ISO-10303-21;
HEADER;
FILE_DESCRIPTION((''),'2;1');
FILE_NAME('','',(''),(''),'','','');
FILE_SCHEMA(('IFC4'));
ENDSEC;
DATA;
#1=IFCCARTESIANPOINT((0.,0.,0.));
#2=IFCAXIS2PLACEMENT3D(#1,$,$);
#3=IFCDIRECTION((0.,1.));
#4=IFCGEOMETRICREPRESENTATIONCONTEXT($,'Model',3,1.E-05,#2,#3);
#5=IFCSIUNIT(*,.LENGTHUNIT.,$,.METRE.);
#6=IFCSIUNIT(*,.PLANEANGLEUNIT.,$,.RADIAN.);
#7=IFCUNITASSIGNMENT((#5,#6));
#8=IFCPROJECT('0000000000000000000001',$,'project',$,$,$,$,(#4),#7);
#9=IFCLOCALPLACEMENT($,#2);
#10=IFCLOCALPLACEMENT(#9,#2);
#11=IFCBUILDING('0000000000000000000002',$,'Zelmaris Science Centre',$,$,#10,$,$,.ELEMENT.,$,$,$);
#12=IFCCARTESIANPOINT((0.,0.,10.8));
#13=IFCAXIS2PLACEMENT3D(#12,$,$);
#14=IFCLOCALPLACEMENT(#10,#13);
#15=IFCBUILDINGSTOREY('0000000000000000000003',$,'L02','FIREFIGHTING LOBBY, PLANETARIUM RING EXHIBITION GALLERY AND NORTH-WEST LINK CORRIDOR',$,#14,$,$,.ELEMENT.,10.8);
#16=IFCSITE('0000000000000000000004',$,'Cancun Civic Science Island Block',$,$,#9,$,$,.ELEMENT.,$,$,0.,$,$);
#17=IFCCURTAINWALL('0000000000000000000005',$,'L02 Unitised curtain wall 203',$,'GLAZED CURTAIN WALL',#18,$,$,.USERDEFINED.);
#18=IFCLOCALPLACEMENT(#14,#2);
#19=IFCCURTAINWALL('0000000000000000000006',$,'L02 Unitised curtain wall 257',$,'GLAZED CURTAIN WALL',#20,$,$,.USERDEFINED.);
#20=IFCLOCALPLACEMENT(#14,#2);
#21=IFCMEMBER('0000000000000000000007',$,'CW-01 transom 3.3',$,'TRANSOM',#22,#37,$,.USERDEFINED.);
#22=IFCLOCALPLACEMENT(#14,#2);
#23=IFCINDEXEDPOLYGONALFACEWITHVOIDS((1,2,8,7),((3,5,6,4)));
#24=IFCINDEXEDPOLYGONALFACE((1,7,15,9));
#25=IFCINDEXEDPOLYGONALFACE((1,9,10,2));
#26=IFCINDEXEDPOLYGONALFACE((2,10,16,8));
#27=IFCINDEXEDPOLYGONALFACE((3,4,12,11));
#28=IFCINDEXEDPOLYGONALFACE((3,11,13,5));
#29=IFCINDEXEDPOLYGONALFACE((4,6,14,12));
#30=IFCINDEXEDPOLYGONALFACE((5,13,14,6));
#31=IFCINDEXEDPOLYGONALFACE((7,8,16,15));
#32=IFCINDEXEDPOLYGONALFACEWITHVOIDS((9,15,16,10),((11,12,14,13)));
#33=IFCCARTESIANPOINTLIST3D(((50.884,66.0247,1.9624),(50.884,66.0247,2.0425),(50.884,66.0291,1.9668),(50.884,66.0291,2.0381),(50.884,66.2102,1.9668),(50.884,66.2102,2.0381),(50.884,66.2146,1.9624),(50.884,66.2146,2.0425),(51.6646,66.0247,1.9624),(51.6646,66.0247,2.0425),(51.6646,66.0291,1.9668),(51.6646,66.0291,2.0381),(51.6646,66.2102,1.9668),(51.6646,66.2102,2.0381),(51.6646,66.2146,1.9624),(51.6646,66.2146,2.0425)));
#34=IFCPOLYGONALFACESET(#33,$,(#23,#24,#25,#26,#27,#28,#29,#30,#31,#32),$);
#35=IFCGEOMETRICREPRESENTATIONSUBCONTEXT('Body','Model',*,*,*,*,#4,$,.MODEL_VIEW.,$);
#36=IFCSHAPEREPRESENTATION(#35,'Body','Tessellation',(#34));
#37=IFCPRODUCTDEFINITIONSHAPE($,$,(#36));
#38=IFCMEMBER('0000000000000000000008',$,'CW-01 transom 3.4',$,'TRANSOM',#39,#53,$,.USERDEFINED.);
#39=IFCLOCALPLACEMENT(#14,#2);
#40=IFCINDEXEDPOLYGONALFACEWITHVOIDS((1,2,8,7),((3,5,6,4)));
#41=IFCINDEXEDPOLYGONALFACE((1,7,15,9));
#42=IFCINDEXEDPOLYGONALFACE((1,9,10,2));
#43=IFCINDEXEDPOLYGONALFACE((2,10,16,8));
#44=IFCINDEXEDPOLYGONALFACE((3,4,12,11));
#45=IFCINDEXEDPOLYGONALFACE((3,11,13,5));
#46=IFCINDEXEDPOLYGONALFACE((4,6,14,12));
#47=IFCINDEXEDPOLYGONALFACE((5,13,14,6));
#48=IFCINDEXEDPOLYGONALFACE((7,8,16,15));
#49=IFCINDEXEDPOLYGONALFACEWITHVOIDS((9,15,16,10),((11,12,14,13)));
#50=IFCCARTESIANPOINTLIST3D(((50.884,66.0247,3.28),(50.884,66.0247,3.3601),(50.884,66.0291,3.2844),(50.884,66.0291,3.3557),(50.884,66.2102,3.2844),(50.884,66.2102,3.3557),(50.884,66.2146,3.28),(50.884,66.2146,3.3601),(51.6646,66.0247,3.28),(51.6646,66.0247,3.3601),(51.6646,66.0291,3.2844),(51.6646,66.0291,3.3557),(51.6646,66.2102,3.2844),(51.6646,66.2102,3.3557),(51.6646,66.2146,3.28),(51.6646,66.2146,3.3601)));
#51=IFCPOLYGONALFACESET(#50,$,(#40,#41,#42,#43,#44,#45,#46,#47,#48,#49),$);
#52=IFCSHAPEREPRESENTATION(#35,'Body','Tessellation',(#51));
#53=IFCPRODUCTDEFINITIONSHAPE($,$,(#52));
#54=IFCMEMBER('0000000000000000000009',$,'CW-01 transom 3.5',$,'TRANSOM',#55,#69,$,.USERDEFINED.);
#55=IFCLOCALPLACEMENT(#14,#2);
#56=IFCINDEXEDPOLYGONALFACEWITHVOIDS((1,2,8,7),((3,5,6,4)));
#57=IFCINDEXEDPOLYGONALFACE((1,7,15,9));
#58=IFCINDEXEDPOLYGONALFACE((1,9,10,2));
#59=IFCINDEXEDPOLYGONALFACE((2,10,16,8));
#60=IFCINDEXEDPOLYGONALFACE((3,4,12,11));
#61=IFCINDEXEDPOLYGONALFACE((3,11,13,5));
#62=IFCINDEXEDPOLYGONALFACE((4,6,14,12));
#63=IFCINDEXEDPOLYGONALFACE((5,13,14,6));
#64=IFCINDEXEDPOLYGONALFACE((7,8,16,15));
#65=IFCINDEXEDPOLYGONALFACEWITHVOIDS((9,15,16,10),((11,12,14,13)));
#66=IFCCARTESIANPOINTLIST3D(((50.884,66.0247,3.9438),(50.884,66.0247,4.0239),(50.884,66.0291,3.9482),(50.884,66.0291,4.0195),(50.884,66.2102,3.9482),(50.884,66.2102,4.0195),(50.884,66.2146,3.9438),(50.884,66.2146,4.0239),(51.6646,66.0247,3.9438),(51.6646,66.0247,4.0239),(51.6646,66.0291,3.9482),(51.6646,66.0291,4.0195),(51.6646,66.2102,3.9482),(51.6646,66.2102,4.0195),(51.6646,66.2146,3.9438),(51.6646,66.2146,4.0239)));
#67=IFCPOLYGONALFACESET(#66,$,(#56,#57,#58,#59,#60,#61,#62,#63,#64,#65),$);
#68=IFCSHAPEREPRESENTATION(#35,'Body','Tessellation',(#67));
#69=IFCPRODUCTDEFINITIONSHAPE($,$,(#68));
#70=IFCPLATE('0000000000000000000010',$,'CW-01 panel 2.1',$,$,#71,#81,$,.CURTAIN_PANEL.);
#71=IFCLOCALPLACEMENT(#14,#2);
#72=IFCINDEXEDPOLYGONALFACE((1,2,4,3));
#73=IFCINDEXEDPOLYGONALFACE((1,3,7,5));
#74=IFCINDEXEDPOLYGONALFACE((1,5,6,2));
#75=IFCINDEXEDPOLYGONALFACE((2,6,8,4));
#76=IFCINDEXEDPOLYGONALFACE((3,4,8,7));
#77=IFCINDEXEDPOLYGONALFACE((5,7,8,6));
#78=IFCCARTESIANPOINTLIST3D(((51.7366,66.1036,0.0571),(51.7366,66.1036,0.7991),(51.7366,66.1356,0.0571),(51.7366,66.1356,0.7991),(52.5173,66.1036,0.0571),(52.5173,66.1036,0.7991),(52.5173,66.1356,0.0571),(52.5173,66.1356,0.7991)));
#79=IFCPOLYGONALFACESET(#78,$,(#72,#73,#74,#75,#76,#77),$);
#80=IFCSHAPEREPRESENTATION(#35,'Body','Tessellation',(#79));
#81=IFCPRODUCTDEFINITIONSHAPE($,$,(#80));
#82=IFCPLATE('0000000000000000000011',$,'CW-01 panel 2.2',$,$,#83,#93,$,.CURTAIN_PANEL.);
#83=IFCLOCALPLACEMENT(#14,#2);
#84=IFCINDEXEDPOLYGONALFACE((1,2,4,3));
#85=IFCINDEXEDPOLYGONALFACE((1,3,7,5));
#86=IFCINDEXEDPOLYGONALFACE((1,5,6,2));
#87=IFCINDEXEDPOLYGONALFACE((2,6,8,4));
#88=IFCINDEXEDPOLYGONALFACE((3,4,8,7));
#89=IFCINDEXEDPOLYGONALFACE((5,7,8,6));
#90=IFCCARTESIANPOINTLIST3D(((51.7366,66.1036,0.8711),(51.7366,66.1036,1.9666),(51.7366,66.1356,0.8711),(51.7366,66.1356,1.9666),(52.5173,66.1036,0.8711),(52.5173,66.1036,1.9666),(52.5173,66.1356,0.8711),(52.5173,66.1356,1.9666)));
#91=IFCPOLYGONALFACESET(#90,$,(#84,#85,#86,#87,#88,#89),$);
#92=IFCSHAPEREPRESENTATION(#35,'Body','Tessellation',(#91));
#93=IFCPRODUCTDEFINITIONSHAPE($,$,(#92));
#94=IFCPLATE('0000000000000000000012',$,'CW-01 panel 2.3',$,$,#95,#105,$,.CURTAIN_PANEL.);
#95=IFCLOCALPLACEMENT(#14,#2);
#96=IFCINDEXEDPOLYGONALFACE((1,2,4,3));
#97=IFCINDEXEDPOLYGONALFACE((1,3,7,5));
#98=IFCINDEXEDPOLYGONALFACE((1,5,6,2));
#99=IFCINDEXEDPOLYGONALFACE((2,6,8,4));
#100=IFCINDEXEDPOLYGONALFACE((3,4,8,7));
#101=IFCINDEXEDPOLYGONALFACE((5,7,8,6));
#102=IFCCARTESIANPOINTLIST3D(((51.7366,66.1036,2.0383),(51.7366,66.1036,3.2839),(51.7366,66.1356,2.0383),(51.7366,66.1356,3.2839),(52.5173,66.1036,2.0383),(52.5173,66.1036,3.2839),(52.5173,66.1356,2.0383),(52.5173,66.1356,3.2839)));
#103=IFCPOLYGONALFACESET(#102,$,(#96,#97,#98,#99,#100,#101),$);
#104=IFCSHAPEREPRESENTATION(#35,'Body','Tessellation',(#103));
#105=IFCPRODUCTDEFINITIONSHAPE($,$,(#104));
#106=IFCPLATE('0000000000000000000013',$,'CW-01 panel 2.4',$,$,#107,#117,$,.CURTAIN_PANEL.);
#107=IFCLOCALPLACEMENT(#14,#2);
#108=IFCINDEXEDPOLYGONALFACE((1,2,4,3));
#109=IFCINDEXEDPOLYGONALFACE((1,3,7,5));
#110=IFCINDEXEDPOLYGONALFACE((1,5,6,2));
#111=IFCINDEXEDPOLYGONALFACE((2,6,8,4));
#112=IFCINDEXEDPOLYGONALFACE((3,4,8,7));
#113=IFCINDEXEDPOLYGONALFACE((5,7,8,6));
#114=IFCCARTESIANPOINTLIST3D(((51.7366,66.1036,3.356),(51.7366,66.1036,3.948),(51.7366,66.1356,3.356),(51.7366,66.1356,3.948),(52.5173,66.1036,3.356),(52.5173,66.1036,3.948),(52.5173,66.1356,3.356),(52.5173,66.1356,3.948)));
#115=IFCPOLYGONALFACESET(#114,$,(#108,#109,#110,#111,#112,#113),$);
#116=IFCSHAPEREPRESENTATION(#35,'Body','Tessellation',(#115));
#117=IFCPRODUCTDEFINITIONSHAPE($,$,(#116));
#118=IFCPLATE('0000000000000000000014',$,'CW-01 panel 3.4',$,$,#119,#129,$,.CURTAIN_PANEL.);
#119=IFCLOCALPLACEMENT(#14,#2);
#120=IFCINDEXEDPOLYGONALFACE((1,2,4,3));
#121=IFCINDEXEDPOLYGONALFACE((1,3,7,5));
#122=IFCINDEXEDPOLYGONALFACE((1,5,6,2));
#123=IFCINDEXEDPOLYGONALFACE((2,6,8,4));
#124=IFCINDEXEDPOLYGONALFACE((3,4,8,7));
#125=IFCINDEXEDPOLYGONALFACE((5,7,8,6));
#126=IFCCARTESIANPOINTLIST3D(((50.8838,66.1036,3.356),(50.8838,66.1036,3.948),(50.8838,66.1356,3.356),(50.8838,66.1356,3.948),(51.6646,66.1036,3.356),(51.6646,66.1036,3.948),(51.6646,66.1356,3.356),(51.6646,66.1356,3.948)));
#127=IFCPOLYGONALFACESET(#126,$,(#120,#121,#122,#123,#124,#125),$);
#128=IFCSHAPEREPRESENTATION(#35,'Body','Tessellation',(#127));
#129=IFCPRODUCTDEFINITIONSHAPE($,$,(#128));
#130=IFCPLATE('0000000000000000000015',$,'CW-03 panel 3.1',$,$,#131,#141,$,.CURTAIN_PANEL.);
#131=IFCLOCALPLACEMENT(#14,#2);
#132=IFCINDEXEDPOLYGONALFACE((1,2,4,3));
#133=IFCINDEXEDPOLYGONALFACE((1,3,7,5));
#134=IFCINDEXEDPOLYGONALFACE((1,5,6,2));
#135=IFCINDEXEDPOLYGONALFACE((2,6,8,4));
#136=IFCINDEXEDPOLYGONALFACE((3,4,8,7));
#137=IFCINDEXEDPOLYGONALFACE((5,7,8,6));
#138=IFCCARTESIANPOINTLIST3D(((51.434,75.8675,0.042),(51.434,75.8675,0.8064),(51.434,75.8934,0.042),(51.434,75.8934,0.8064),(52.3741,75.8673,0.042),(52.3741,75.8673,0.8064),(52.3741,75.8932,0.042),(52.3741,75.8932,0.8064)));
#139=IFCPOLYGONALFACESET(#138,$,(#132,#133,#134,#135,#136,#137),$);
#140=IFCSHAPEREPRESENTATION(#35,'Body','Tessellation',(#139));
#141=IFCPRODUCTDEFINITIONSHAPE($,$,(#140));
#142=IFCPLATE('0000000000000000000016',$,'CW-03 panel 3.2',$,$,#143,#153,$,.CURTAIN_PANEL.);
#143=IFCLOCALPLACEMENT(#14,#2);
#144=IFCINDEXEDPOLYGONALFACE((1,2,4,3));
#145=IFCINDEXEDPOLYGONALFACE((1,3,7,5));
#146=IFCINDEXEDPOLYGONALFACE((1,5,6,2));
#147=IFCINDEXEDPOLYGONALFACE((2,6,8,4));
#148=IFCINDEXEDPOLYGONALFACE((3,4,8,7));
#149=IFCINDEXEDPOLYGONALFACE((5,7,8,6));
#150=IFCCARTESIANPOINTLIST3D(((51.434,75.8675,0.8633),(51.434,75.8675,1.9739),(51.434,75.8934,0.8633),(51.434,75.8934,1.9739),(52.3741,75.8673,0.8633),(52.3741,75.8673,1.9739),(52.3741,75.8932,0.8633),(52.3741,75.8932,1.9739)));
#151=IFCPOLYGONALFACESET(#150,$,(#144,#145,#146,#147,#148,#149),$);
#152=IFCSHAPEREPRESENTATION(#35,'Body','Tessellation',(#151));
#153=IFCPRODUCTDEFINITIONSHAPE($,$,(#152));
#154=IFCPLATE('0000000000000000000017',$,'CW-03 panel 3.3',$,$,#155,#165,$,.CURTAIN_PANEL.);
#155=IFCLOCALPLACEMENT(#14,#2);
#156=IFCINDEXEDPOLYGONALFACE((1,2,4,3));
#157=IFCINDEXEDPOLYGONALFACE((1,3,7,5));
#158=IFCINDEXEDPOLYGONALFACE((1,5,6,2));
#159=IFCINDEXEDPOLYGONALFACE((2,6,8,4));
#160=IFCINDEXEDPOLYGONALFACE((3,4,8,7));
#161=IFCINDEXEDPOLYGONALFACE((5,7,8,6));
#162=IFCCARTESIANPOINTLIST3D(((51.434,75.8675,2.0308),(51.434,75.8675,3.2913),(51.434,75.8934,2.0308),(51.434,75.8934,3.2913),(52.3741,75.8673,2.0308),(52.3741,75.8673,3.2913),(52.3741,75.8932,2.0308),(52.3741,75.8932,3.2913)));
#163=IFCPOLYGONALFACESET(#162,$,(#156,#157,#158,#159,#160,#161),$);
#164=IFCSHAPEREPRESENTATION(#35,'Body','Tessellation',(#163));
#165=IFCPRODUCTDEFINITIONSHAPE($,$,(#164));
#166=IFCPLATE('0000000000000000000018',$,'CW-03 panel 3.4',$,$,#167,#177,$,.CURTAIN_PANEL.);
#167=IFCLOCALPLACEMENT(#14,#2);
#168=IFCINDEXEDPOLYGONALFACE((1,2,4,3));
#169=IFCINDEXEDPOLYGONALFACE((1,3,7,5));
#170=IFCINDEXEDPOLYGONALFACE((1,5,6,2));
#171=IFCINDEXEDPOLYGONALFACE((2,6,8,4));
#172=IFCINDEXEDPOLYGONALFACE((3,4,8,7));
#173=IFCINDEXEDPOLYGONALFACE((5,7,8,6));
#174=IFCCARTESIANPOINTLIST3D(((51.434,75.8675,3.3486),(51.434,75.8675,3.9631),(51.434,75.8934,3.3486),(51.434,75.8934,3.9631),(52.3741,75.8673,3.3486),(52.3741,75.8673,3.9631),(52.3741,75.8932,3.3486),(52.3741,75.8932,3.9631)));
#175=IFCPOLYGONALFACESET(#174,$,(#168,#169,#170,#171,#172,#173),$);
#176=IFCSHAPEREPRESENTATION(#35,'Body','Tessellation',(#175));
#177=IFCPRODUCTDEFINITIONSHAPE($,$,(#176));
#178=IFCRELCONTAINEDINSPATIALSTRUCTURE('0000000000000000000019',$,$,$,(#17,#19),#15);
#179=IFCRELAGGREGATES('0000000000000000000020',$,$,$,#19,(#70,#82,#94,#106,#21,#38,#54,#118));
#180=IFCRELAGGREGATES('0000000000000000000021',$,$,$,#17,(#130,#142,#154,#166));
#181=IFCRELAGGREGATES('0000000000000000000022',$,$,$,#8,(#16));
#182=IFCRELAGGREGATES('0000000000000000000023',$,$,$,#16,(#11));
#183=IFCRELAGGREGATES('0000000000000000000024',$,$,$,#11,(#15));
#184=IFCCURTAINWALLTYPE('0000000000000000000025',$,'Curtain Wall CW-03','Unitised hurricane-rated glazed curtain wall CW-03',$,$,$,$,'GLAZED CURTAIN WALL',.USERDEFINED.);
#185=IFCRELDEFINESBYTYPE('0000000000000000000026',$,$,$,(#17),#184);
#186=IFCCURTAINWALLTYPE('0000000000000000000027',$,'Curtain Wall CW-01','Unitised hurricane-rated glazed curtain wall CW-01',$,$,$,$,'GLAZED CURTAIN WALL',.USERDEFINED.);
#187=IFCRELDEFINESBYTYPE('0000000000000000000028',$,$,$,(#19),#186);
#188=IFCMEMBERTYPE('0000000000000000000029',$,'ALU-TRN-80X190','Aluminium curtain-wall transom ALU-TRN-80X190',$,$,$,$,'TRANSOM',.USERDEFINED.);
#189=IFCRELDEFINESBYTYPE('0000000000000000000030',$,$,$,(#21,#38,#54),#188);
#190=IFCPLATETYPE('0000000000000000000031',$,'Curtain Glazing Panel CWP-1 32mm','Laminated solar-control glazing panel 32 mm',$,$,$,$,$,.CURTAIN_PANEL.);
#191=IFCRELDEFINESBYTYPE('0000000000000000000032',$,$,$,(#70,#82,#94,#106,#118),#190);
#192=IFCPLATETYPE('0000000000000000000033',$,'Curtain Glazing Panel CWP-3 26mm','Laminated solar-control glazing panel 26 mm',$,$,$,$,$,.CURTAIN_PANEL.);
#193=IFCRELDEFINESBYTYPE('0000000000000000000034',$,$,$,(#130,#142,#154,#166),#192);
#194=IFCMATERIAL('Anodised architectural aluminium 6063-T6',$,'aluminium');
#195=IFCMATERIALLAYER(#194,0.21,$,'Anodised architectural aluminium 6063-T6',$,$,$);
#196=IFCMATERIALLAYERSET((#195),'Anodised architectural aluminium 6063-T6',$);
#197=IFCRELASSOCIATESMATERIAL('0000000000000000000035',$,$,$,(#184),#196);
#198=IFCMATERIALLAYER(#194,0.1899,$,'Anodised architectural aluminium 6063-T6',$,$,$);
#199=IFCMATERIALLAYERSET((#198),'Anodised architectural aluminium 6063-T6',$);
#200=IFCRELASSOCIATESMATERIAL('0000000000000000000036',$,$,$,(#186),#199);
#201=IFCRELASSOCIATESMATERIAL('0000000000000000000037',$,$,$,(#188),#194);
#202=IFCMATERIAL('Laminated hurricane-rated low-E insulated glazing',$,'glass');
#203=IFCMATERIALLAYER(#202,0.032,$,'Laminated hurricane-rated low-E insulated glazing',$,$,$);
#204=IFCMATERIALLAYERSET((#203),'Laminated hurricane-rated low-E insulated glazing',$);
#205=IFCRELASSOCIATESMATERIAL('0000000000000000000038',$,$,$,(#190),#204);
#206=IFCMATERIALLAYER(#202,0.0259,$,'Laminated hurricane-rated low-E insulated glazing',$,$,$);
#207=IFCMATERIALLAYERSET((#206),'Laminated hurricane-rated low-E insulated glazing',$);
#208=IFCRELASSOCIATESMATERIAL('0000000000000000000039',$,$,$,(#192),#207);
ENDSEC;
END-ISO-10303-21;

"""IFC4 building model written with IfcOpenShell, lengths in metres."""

from ifc_helpers import new_model, si_unit, direction, frame, origin, origin_2d, place, context, subcontext, project, spatial, rectangle, hollow_rectangle, extrude, material, layer, layer_set, material_profile, profile_set, type_object, element, aggregate, save


model = new_model("IFC4")

# Units and contexts
model_context = context("Model", 3, precision=1e-05, world=origin(), true_north=direction((0.0, 1.0)))
body_context = subcontext(model_context, "Body", "Model", "MODEL_VIEW")
ifc_project = project(units=[si_unit("LENGTHUNIT", "METRE"), si_unit("PLANEANGLEUNIT", "RADIAN")], contexts=[model_context])

# Site, building, storey
site_placement = place(None, origin())
site = spatial("IfcSite", under=ifc_project, at=site_placement, Name="Cancun Civic Science Island Block", CompositionType="ELEMENT", RefElevation=0.0)
building_placement = place(site_placement, origin())
building = spatial("IfcBuilding", under=site, at=building_placement, Name="Zelmaris Science Centre", CompositionType="ELEMENT")
storey_placement = place(building_placement, frame((0.0, 0.0, 10.8)))
storey = spatial("IfcBuildingStorey", under=building, at=storey_placement, Name="L02", Description="FIREFIGHTING LOBBY, PLANETARIUM RING EXHIBITION GALLERY AND NORTH-WEST LINK CORRIDOR", CompositionType="ELEMENT", Elevation=10.8)

# Curtain wall
ifc_material_1 = material(Name="Anodised architectural aluminium 6063-T6", Category="aluminium")
ifc_layer_1 = layer(ifc_material_1, 0.21, Name="Anodised architectural aluminium 6063-T6")
ifc_layer_set_1 = layer_set([ifc_layer_1], Name="Anodised architectural aluminium 6063-T6")
curtain_wall_type_1 = type_object("IfcCurtainWallType", Name="Curtain Wall CW-03", Description="Unitised hurricane-rated glazed curtain wall CW-03", ElementType="GLAZED CURTAIN WALL", PredefinedType="USERDEFINED", material=ifc_layer_set_1)
curtain_wall_1_placement = place(storey_placement, origin())
curtain_wall_1 = element("IfcCurtainWall", 1, at=curtain_wall_1_placement, inside=storey, type_object=curtain_wall_type_1, Name="L02 Unitised curtain wall 203", ObjectType="GLAZED CURTAIN WALL", PredefinedType="USERDEFINED")

# Curtain wall
ifc_layer_2 = layer(ifc_material_1, 0.1899, Name="Anodised architectural aluminium 6063-T6")
ifc_layer_set_2 = layer_set([ifc_layer_2], Name="Anodised architectural aluminium 6063-T6")
curtain_wall_type_2 = type_object("IfcCurtainWallType", Name="Curtain Wall CW-01", Description="Unitised hurricane-rated glazed curtain wall CW-01", ElementType="GLAZED CURTAIN WALL", PredefinedType="USERDEFINED", material=ifc_layer_set_2)
curtain_wall_2_placement = place(storey_placement, origin())
curtain_wall_2 = element("IfcCurtainWall", 2, at=curtain_wall_2_placement, inside=storey, type_object=curtain_wall_type_2, Name="L02 Unitised curtain wall 257", ObjectType="GLAZED CURTAIN WALL", PredefinedType="USERDEFINED")

# Members
ifc_material_profile_1 = material_profile(ifc_material_1, hollow_rectangle(XDim=0.0801, YDim=0.1899, WallThickness=0.0044, at=origin_2d()), Name="ALU-TRN-80X190")
ifc_profile_set_1 = profile_set([ifc_material_profile_1], Name="Anodised architectural aluminium 6063-T6")
member_type_1 = type_object("IfcMemberType", Name="ALU-TRN-80X190", Description="Aluminium curtain-wall transom ALU-TRN-80X190", ElementType="TRANSOM", PredefinedType="USERDEFINED", material=ifc_profile_set_1)
member_1_placement = place(storey_placement, frame((51.6646, 66.1196, 2.0024), z_axis=(-1.0, 0.0, 0.0), x_axis=(0.0, 0.0, 1.0)))
member_1 = element("IfcMember", 3, at=member_1_placement, type_object=member_type_1, Name="CW-01 transom 3.3", ObjectType="TRANSOM", PredefinedType="USERDEFINED", context=body_context, shape_type="SweptSolid", body=[
    extrude(hollow_rectangle(XDim=0.0801, YDim=0.1899, WallThickness=0.0044, at=origin_2d()), origin(), (0.0, 0.0, 1.0), 0.7805),
])
member_2_placement = place(storey_placement, frame((51.6646, 66.1196, 3.3201), z_axis=(-1.0, 0.0, 0.0), x_axis=(0.0, 0.0, 1.0)))
member_2 = element("IfcMember", 4, at=member_2_placement, type_object=member_type_1, Name="CW-01 transom 3.4", ObjectType="TRANSOM", PredefinedType="USERDEFINED", context=body_context, shape_type="SweptSolid", body=[
    extrude(hollow_rectangle(XDim=0.0801, YDim=0.1899, WallThickness=0.0044, at=origin_2d()), origin(), (0.0, 0.0, 1.0), 0.7805),
])
member_3_placement = place(storey_placement, frame((51.6646, 66.1196, 3.9839), z_axis=(-1.0, 0.0, 0.0), x_axis=(0.0, 0.0, 1.0)))
member_3 = element("IfcMember", 5, at=member_3_placement, type_object=member_type_1, Name="CW-01 transom 3.5", ObjectType="TRANSOM", PredefinedType="USERDEFINED", context=body_context, shape_type="SweptSolid", body=[
    extrude(hollow_rectangle(XDim=0.0801, YDim=0.1899, WallThickness=0.0044, at=origin_2d()), origin(), (0.0, 0.0, 1.0), 0.7805),
])

# Plates
ifc_material_2 = material(Name="Laminated hurricane-rated low-E insulated glazing", Category="glass")
ifc_layer_3 = layer(ifc_material_2, 0.032, Name="Laminated hurricane-rated low-E insulated glazing")
ifc_layer_set_3 = layer_set([ifc_layer_3], Name="Laminated hurricane-rated low-E insulated glazing")
plate_type_1 = type_object("IfcPlateType", Name="Curtain Glazing Panel CWP-1 32mm", Description="Laminated solar-control glazing panel 32 mm", PredefinedType="CURTAIN_PANEL", material=ifc_layer_set_3)
plate_1_placement = place(storey_placement, frame((52.127, 66.1196, 0.0571), z_axis=(0.0, 0.0, 1.0), x_axis=(-1.0, 0.0, 0.0)))
plate_1 = element("IfcPlate", 6, at=plate_1_placement, type_object=plate_type_1, Name="CW-01 panel 2.1", PredefinedType="CURTAIN_PANEL", context=body_context, shape_type="SweptSolid", body=[
    extrude(rectangle(XDim=0.7808, YDim=0.032, at=origin_2d()), origin(), (0.0, 0.0, 1.0), 0.7419),
])
plate_2_placement = place(storey_placement, frame((52.127, 66.1196, 0.8711), z_axis=(0.0, 0.0, 1.0), x_axis=(-1.0, 0.0, 0.0)))
plate_2 = element("IfcPlate", 7, at=plate_2_placement, type_object=plate_type_1, Name="CW-01 panel 2.2", PredefinedType="CURTAIN_PANEL", context=body_context, shape_type="SweptSolid", body=[
    extrude(rectangle(XDim=0.7808, YDim=0.032, at=origin_2d()), origin(), (0.0, 0.0, 1.0), 1.0955),
])
plate_3_placement = place(storey_placement, frame((52.127, 66.1196, 2.0383), z_axis=(0.0, 0.0, 1.0), x_axis=(-1.0, 0.0, 0.0)))
plate_3 = element("IfcPlate", 8, at=plate_3_placement, type_object=plate_type_1, Name="CW-01 panel 2.3", PredefinedType="CURTAIN_PANEL", context=body_context, shape_type="SweptSolid", body=[
    extrude(rectangle(XDim=0.7808, YDim=0.032, at=origin_2d()), origin(), (0.0, 0.0, 1.0), 1.2456),
])
plate_4_placement = place(storey_placement, frame((52.127, 66.1196, 3.356), z_axis=(0.0, 0.0, 1.0), x_axis=(-1.0, 0.0, 0.0)))
plate_4 = element("IfcPlate", 9, at=plate_4_placement, type_object=plate_type_1, Name="CW-01 panel 2.4", PredefinedType="CURTAIN_PANEL", context=body_context, shape_type="SweptSolid", body=[
    extrude(rectangle(XDim=0.7808, YDim=0.032, at=origin_2d()), origin(), (0.0, 0.0, 1.0), 0.592),
])
plate_5_placement = place(storey_placement, frame((51.2742, 66.1196, 3.356), z_axis=(0.0, 0.0, 1.0), x_axis=(-1.0, 0.0, 0.0)))
plate_5 = element("IfcPlate", 10, at=plate_5_placement, type_object=plate_type_1, Name="CW-01 panel 3.4", PredefinedType="CURTAIN_PANEL", context=body_context, shape_type="SweptSolid", body=[
    extrude(rectangle(XDim=0.7808, YDim=0.032, at=origin_2d()), origin(), (0.0, 0.0, 1.0), 0.592),
])
aggregate(curtain_wall_2, [plate_1, plate_2, plate_3, plate_4, member_1, member_2, member_3, plate_5])
ifc_layer_4 = layer(ifc_material_2, 0.0259, Name="Laminated hurricane-rated low-E insulated glazing")
ifc_layer_set_4 = layer_set([ifc_layer_4], Name="Laminated hurricane-rated low-E insulated glazing")
plate_type_2 = type_object("IfcPlateType", Name="Curtain Glazing Panel CWP-3 26mm", Description="Laminated solar-control glazing panel 26 mm", PredefinedType="CURTAIN_PANEL", material=ifc_layer_set_4)
plate_6_placement = place(storey_placement, frame((51.9041, 75.8804, 0.042), z_axis=(0.0, 0.0, 1.0), x_axis=(1.0, -0.000201, 0.0)))
plate_6 = element("IfcPlate", 11, at=plate_6_placement, type_object=plate_type_2, Name="CW-03 panel 3.1", PredefinedType="CURTAIN_PANEL", context=body_context, shape_type="SweptSolid", body=[
    extrude(rectangle(XDim=0.9402, YDim=0.0259, at=origin_2d()), origin(), (0.0, 0.0, 1.0), 0.7644),
])
plate_7_placement = place(storey_placement, frame((51.9041, 75.8804, 0.8633), z_axis=(0.0, 0.0, 1.0), x_axis=(1.0, -0.000201, 0.0)))
plate_7 = element("IfcPlate", 12, at=plate_7_placement, type_object=plate_type_2, Name="CW-03 panel 3.2", PredefinedType="CURTAIN_PANEL", context=body_context, shape_type="SweptSolid", body=[
    extrude(rectangle(XDim=0.9402, YDim=0.0259, at=origin_2d()), origin(), (0.0, 0.0, 1.0), 1.1106),
])
plate_8_placement = place(storey_placement, frame((51.9041, 75.8804, 2.0308), z_axis=(0.0, 0.0, 1.0), x_axis=(1.0, -0.000201, 0.0)))
plate_8 = element("IfcPlate", 13, at=plate_8_placement, type_object=plate_type_2, Name="CW-03 panel 3.3", PredefinedType="CURTAIN_PANEL", context=body_context, shape_type="SweptSolid", body=[
    extrude(rectangle(XDim=0.9402, YDim=0.0259, at=origin_2d()), origin(), (0.0, 0.0, 1.0), 1.2605),
])
plate_9_placement = place(storey_placement, frame((51.9041, 75.8804, 3.3486), z_axis=(0.0, 0.0, 1.0), x_axis=(1.0, -0.000201, 0.0)))
plate_9 = element("IfcPlate", 14, at=plate_9_placement, type_object=plate_type_2, Name="CW-03 panel 3.4", PredefinedType="CURTAIN_PANEL", context=body_context, shape_type="SweptSolid", body=[
    extrude(rectangle(XDim=0.9402, YDim=0.0259, at=origin_2d()), origin(), (0.0, 0.0, 1.0), 0.6145),
])
aggregate(curtain_wall_1, [plate_6, plate_7, plate_8, plate_9])

save(model, "model.ifc")
